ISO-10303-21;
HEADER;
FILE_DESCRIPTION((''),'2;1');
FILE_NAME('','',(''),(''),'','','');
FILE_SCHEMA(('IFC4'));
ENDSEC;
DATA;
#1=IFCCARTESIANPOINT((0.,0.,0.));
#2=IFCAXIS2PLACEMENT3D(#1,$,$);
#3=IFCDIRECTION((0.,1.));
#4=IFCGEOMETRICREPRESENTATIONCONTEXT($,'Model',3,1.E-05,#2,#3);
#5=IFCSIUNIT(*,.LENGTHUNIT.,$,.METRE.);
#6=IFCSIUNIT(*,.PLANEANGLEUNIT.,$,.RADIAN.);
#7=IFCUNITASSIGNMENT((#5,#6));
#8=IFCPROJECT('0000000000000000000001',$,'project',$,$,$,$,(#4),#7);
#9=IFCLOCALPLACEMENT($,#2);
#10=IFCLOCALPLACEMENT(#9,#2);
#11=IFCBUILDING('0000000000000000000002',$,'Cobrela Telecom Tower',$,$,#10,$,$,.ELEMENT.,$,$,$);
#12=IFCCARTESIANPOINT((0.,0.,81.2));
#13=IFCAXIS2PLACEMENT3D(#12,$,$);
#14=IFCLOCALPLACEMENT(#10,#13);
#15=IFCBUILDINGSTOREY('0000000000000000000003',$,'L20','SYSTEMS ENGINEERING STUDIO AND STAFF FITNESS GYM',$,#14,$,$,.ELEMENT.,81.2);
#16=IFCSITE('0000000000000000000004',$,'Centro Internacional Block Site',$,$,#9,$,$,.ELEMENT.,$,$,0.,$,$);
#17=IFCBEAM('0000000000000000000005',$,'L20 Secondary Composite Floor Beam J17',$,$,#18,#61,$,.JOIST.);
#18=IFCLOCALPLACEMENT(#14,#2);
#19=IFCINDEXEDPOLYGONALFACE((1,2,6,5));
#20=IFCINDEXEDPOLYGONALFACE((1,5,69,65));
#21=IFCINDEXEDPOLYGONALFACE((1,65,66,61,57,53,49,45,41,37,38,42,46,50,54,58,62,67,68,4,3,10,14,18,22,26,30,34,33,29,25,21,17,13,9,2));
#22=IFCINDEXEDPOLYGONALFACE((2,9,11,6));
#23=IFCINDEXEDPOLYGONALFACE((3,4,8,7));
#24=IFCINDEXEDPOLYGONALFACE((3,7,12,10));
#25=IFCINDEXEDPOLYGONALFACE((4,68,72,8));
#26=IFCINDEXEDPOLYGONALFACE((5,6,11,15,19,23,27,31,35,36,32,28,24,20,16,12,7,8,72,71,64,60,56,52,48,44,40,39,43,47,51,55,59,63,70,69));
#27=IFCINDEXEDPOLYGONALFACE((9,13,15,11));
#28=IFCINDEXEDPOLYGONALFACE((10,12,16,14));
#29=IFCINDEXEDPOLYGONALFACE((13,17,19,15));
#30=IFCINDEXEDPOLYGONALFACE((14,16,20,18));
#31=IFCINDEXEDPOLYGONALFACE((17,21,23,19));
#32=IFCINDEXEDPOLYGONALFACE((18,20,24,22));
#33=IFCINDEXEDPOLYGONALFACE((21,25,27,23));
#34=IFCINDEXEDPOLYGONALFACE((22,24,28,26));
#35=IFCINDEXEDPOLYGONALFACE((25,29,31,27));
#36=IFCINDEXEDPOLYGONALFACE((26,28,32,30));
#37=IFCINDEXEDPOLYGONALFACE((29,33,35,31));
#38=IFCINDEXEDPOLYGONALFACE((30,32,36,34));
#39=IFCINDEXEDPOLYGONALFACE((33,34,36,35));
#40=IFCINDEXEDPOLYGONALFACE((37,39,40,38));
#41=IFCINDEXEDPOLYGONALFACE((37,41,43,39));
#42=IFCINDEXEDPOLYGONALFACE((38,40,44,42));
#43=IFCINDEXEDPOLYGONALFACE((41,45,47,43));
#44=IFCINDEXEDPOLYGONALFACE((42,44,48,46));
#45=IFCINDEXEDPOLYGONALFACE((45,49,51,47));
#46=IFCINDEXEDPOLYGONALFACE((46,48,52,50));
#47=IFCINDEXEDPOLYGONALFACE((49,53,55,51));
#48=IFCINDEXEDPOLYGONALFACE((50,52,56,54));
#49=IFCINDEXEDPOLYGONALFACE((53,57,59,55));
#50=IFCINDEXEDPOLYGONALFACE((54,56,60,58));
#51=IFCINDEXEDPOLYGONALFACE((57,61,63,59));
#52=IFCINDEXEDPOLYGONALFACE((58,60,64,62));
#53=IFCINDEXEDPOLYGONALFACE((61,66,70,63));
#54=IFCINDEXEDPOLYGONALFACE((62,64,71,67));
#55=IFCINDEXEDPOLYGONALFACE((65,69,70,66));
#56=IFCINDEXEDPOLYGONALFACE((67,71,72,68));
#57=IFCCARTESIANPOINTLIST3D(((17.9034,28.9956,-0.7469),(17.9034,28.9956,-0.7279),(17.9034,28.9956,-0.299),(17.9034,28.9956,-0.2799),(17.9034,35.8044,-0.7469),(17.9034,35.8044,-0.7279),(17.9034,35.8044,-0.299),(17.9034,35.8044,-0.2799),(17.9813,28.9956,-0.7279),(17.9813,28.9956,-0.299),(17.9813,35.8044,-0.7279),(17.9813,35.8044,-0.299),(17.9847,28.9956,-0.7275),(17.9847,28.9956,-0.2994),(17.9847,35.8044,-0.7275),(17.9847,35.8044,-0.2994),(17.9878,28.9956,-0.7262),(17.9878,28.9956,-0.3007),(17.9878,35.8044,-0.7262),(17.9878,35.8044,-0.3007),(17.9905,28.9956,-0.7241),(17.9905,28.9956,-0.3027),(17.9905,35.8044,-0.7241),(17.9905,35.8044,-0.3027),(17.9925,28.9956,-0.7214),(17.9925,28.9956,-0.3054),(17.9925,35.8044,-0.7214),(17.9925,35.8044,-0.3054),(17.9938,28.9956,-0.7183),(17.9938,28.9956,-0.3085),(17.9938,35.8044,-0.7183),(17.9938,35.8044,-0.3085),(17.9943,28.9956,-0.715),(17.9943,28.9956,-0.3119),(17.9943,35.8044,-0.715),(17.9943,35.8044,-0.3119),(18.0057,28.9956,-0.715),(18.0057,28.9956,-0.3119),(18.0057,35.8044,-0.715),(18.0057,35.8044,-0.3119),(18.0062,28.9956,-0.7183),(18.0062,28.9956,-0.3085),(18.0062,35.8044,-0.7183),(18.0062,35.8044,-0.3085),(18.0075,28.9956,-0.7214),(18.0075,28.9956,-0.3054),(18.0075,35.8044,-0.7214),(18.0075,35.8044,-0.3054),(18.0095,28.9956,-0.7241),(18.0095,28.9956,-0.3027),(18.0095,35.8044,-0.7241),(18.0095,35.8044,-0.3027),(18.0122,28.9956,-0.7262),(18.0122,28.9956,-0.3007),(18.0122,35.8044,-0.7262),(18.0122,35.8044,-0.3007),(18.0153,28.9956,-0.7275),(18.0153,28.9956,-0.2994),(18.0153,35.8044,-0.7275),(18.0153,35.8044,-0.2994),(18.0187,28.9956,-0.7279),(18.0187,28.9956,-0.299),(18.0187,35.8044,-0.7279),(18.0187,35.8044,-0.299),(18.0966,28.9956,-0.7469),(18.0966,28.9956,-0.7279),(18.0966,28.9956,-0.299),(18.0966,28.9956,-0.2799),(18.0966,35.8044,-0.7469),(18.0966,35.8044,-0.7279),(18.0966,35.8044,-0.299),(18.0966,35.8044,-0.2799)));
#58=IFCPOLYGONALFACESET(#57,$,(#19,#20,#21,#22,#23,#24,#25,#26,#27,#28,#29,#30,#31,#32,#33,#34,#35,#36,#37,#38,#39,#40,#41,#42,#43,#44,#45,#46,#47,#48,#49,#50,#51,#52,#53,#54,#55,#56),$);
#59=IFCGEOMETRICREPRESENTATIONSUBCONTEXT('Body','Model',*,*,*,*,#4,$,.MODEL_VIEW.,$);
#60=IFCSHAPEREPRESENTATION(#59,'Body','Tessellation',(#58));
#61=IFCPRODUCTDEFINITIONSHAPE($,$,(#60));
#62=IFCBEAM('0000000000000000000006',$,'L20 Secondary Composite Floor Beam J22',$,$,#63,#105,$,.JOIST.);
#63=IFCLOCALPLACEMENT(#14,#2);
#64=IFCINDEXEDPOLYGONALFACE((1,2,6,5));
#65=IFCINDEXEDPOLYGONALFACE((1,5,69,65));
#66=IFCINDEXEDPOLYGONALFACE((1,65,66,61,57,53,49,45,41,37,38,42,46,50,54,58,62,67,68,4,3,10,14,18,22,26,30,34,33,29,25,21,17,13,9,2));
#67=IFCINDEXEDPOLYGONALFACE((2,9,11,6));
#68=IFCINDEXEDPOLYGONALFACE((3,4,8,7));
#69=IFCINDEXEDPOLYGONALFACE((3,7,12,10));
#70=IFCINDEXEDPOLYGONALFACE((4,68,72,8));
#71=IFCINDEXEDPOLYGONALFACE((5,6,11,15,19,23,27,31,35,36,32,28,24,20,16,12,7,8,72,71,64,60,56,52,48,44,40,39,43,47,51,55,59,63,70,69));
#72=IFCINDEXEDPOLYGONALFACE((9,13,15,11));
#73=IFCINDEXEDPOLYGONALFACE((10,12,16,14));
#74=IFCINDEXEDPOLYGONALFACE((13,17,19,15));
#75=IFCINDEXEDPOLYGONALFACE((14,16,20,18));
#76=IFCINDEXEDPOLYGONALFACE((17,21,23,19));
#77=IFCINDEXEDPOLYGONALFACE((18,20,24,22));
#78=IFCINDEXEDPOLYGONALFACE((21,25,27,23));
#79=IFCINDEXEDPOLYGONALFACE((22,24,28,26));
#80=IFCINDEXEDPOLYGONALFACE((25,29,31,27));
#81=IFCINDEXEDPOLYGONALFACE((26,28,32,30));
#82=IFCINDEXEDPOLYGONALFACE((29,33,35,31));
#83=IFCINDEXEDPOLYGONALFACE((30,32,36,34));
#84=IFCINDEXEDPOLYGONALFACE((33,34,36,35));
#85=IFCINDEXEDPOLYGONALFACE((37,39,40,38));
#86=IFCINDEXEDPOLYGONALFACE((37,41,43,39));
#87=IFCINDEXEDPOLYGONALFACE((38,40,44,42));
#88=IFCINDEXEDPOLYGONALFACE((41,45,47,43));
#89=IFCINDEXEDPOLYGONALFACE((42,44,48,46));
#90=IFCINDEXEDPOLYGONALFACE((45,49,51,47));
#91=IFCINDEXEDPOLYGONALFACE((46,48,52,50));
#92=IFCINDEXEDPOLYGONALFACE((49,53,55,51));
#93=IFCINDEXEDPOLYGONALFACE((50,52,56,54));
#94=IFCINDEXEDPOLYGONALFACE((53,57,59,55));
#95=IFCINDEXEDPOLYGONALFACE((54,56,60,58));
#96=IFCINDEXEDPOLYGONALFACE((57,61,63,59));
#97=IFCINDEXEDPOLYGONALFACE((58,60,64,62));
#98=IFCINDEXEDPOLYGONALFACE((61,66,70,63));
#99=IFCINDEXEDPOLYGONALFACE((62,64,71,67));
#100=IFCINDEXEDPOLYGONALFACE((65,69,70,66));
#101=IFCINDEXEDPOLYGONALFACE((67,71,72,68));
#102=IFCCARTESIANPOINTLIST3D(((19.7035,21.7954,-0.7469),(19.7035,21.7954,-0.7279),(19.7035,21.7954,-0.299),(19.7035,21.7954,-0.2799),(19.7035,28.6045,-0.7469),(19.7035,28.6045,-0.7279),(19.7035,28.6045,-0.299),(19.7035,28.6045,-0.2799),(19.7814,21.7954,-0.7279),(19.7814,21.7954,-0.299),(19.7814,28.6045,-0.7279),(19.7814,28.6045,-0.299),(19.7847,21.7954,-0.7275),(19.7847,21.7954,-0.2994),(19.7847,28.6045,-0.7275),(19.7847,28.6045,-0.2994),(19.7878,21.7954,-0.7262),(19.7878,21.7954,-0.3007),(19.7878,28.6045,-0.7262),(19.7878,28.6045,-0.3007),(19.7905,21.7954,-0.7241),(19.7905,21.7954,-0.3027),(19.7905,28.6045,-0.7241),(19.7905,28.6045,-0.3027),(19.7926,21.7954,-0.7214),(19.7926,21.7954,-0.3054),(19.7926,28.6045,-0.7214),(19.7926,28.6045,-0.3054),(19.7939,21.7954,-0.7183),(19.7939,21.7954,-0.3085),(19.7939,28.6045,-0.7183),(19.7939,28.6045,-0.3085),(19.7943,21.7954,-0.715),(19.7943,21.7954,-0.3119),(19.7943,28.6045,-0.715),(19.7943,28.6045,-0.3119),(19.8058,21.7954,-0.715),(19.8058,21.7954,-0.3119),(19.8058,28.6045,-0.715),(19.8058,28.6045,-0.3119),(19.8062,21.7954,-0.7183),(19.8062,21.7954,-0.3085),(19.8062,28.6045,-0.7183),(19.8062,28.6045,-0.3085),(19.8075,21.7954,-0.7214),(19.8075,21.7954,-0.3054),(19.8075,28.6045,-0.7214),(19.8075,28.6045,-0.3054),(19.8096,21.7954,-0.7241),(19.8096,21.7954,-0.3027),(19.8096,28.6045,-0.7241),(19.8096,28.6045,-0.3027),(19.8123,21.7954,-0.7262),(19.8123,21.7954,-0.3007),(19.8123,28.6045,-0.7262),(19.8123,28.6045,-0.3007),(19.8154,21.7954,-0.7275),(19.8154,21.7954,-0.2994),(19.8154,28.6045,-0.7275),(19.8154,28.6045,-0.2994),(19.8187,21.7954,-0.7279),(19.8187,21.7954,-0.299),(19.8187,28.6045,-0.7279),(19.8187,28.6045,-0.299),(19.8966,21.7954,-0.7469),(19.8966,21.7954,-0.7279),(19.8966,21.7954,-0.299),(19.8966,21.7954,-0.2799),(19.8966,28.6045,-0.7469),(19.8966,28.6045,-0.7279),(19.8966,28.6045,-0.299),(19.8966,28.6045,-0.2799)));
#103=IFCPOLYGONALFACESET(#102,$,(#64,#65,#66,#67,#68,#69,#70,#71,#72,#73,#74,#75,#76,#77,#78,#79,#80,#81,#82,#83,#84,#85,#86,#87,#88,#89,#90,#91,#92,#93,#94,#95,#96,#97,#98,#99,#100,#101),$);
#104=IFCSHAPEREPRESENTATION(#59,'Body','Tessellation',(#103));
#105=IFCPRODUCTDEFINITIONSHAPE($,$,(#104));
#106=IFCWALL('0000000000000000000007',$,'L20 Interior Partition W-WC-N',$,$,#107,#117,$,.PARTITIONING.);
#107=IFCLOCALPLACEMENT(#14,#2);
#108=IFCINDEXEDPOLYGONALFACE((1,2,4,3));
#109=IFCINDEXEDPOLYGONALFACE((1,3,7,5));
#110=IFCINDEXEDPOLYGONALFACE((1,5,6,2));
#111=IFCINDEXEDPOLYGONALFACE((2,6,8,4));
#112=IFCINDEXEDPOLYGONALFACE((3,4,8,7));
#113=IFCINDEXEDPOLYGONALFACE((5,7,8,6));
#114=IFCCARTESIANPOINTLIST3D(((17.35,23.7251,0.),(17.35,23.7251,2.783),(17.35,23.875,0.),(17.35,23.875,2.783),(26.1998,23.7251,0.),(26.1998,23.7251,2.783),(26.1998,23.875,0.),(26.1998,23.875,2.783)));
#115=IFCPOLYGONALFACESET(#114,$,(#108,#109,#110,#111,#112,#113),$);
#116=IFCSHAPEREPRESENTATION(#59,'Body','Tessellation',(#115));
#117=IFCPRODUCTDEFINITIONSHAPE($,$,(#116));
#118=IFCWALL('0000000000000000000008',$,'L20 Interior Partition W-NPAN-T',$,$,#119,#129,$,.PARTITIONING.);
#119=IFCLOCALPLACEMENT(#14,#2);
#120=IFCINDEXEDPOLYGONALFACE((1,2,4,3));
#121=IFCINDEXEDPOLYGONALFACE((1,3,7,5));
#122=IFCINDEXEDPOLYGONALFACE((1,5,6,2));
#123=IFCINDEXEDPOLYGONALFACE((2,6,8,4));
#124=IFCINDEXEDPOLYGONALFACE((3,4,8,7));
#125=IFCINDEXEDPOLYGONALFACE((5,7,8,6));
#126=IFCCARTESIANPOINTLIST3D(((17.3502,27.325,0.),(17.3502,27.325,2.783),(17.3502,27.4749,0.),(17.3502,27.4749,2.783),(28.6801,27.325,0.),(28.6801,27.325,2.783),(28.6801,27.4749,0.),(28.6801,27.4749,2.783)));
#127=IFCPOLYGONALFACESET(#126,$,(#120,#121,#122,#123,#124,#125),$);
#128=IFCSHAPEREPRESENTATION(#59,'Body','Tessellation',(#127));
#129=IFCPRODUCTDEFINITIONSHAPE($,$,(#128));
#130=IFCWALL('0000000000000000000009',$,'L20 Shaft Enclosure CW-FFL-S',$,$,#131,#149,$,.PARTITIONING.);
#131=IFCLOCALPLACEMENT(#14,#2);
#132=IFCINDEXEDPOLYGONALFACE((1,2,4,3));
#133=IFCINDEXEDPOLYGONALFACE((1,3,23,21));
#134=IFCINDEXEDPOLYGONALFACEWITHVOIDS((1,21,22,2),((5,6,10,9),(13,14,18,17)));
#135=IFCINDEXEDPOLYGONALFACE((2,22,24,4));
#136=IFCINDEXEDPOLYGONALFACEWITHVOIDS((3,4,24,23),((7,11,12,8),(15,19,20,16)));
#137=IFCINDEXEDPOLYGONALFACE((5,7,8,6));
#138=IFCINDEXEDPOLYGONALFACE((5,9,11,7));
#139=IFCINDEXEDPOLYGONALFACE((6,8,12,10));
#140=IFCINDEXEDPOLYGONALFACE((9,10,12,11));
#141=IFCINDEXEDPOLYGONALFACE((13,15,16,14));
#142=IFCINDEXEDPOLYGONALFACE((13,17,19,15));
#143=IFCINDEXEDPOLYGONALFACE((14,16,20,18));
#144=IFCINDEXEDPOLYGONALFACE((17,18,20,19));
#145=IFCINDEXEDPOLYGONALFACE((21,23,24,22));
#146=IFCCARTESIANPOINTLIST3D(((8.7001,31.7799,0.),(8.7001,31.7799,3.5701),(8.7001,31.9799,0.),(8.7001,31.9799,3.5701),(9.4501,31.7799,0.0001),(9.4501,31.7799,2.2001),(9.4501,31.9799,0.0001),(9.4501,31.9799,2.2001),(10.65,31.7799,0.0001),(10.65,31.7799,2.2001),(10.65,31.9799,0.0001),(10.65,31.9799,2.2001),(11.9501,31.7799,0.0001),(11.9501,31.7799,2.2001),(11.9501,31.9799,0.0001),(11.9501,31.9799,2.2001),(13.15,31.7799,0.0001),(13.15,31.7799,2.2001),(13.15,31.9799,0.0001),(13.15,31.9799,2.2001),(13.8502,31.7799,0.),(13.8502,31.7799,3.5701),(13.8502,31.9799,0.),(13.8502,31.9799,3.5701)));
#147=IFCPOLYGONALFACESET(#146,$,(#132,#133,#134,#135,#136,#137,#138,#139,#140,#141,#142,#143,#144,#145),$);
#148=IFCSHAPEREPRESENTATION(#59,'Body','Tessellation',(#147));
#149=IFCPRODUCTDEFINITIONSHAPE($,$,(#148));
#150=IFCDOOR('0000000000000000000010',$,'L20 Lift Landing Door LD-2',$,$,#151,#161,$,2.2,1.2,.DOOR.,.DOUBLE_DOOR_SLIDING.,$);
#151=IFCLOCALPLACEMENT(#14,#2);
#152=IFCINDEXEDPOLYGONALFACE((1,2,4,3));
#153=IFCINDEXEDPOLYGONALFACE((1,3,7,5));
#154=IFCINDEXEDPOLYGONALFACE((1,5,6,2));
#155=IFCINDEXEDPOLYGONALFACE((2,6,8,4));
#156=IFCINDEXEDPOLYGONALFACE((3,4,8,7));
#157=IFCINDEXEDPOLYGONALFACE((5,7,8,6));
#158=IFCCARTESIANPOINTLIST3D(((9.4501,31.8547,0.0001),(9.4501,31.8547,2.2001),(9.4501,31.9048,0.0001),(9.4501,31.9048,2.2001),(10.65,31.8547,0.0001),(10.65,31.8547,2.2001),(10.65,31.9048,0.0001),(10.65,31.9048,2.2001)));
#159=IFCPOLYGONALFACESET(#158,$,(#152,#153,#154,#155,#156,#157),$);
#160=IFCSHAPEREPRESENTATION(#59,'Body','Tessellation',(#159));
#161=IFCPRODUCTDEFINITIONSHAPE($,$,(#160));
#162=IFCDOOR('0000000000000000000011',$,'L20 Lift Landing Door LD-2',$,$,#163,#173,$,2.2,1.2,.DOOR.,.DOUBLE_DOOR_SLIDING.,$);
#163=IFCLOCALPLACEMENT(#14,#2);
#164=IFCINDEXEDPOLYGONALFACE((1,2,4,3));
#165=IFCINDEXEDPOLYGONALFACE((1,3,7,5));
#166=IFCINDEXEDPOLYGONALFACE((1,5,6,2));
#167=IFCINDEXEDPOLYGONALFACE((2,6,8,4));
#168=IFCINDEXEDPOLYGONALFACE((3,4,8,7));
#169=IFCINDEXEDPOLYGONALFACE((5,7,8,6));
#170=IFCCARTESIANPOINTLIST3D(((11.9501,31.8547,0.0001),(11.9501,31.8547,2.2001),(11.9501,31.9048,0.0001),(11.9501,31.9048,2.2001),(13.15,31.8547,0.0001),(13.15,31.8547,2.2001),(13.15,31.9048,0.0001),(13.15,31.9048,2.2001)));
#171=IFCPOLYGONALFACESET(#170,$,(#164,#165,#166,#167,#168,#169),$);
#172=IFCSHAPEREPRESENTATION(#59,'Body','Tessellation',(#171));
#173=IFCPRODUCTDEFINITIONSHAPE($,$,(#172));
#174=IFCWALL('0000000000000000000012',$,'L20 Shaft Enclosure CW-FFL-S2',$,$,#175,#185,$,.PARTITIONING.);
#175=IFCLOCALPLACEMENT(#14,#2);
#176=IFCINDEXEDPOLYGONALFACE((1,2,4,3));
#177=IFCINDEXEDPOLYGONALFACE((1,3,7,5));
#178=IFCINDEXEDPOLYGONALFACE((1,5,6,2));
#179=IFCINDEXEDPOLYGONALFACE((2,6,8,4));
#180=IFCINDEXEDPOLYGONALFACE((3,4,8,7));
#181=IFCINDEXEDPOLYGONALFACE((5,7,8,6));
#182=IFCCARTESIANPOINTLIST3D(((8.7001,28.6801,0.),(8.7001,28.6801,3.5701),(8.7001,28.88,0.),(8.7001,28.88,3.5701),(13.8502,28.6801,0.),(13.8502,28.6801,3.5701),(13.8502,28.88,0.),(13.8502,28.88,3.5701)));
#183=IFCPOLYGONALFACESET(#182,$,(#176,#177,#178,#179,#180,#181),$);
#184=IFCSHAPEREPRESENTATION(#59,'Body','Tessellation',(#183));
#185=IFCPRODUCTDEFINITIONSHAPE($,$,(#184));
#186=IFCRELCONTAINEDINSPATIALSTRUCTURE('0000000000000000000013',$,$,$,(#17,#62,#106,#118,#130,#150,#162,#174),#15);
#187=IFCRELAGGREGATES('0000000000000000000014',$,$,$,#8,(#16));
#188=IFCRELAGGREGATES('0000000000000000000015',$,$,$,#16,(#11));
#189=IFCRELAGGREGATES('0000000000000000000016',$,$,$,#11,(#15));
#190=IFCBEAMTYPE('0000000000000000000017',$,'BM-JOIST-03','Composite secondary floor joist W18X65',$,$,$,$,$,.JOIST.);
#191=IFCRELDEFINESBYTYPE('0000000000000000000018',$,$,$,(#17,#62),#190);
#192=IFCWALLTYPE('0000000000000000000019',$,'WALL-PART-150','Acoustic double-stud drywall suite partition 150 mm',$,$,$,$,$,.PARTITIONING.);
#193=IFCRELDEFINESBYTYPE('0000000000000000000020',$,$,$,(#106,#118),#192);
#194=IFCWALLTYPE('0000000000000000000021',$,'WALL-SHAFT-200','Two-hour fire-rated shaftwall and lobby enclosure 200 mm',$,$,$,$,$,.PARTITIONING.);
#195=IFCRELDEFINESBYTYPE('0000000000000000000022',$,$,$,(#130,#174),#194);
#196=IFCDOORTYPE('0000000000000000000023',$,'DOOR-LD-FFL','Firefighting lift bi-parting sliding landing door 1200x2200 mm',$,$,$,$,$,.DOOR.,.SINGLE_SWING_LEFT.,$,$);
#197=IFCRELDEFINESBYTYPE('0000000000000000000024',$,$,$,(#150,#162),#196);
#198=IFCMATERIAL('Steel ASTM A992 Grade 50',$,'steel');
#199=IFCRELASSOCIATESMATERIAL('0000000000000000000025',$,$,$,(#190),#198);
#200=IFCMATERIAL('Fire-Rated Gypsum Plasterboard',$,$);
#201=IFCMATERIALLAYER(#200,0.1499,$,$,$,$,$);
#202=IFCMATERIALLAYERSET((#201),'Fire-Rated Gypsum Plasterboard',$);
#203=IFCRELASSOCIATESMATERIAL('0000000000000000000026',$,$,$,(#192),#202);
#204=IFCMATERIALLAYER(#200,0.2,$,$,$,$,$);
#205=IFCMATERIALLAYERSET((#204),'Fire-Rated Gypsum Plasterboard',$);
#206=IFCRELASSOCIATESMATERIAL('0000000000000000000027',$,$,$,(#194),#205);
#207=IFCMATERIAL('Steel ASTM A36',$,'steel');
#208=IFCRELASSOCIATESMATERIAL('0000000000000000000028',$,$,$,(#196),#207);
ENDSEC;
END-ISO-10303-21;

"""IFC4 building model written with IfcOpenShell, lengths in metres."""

from ifc_helpers import new_model, si_unit, direction, frame, frame_2d, origin, origin_2d, place, context, subcontext, project, spatial, rectangle, i_section, extrude, material, layer, layer_set, material_profile, profile_set, type_object, element, fill, save


model = new_model("IFC4")

# Units and contexts
model_context = context("Model", 3, precision=1e-05, world=origin(), true_north=direction((0.0, 1.0)))
body_context = subcontext(model_context, "Body", "Model", "MODEL_VIEW")
ifc_project = project(units=[si_unit("LENGTHUNIT", "METRE"), si_unit("PLANEANGLEUNIT", "RADIAN")], contexts=[model_context])

# Site, building, storey
site_placement = place(None, origin())
site = spatial("IfcSite", under=ifc_project, at=site_placement, Name="Centro Internacional Block Site", CompositionType="ELEMENT", RefElevation=0.0)
building_placement = place(site_placement, origin())
building = spatial("IfcBuilding", under=site, at=building_placement, Name="Cobrela Telecom Tower", CompositionType="ELEMENT")
storey_placement = place(building_placement, frame((0.0, 0.0, 81.2)))
storey = spatial("IfcBuildingStorey", under=building, at=storey_placement, Name="L20", Description="SYSTEMS ENGINEERING STUDIO AND STAFF FITNESS GYM", CompositionType="ELEMENT", Elevation=81.2)

# Beams
ifc_material_1 = material(Name="Steel ASTM A992 Grade 50", Category="steel")
ifc_material_profile_1 = material_profile(ifc_material_1, i_section(OverallWidth=0.1931, OverallDepth=0.467, WebThickness=0.0115, FlangeThickness=0.019, FilletRadius=0.0129, at=origin_2d()), Name="W18X65")
ifc_profile_set_1 = profile_set([ifc_material_profile_1], Name="Steel ASTM A992 Grade 50")
beam_type_1 = type_object("IfcBeamType", Name="BM-JOIST-03", Description="Composite secondary floor joist W18X65", PredefinedType="JOIST", material=ifc_profile_set_1)
for number, where, z_axis, x_axis, name in (
    (1, (18.0, 28.9956, -0.5134), (0.0, 1.0, 0.0), (-1.0, 0.0, 0.0), "L20 Secondary Composite Floor Beam J17"),
):
    element("IfcBeam", number, at=place(storey_placement, frame(where, z_axis=z_axis, x_axis=x_axis)), inside=storey, type_object=beam_type_1, Name=name, PredefinedType="JOIST", context=body_context, shape_type="SweptSolid", body=[
        extrude(i_section(OverallWidth=0.1931, OverallDepth=0.467, WebThickness=0.0115, FlangeThickness=0.019, FilletRadius=0.0129, at=origin_2d()), origin(), (0.0, 0.0, 1.0), 6.8088),
    ])
beam_1_placement = place(storey_placement, frame((19.8, 21.7954, -0.5134), z_axis=(0.0, 1.0, 0.0), x_axis=(-1.0, 0.0, 0.0)))
element("IfcBeam", 2, at=beam_1_placement, inside=storey, type_object=beam_type_1, Name="L20 Secondary Composite Floor Beam J22", PredefinedType="JOIST", context=body_context, shape_type="SweptSolid", body=[
    extrude(i_section(OverallWidth=0.1931, OverallDepth=0.467, WebThickness=0.0115, FlangeThickness=0.019, FilletRadius=0.0129, at=origin_2d()), origin(), (0.0, 0.0, 1.0), 6.8091),
])

# Shared definitions
ifc_material_2 = material(Name="Steel ASTM A36", Category="steel")

# Walls
ifc_material_3 = material(Name="Fire-Rated Gypsum Plasterboard")
ifc_layer_1 = layer(ifc_material_3, 0.1499)
ifc_layer_set_1 = layer_set([ifc_layer_1], Name="Fire-Rated Gypsum Plasterboard")
wall_type_1 = type_object("IfcWallType", Name="WALL-PART-150", Description="Acoustic double-stud drywall suite partition 150 mm", PredefinedType="PARTITIONING", material=ifc_layer_set_1)
wall_1_placement = place(storey_placement, frame((17.3501, 23.8, 0.0), z_axis=(0.0, 0.0, 1.0), x_axis=(1.0, 0.0, 0.0)))
element("IfcWall", 3, at=wall_1_placement, inside=storey, type_object=wall_type_1, Name="L20 Interior Partition W-WC-N", PredefinedType="PARTITIONING", context=body_context, shape_type="SweptSolid", body=[
    extrude(rectangle(XDim=8.8499, YDim=0.1499, at=frame_2d((4.4248, 0.0))), origin(), (0.0, 0.0, 1.0), 2.783),
])
wall_2_placement = place(storey_placement, frame((17.3501, 27.3999, 0.0), z_axis=(0.0, 0.0, 1.0), x_axis=(1.0, 0.0, 0.0)))
element("IfcWall", 4, at=wall_2_placement, inside=storey, type_object=wall_type_1, Name="L20 Interior Partition W-NPAN-T", PredefinedType="PARTITIONING", context=body_context, shape_type="SweptSolid", body=[
    extrude(rectangle(XDim=11.3298, YDim=0.1499, at=frame_2d((5.665, 0.0))), origin(), (0.0, 0.0, 1.0), 2.783),
])

# Wall, openings, doors
ifc_layer_2 = layer(ifc_material_3, 0.2)
ifc_layer_set_2 = layer_set([ifc_layer_2], Name="Fire-Rated Gypsum Plasterboard")
wall_type_2 = type_object("IfcWallType", Name="WALL-SHAFT-200", Description="Two-hour fire-rated shaftwall and lobby enclosure 200 mm", PredefinedType="PARTITIONING", material=ifc_layer_set_2)
wall_3_placement = place(storey_placement, frame((8.7, 31.8799, 0.0), z_axis=(0.0, 0.0, 1.0), x_axis=(1.0, 0.0, 0.0)))
wall_3 = element("IfcWall", 5, at=wall_3_placement, inside=storey, type_object=wall_type_2, Name="L20 Shaft Enclosure CW-FFL-S", PredefinedType="PARTITIONING", context=body_context, shape_type="SweptSolid", body=[
    extrude(rectangle(XDim=5.1501, YDim=0.2, at=frame_2d((2.5752, 0.0))), origin(), (0.0, 0.0, 1.0), 3.5701),
])
opening_1_placement = place(wall_3_placement, frame((0.75, 0.0, 0.0)))
opening_1 = element("IfcOpeningElement", 6, at=opening_1_placement, cuts=wall_3, PredefinedType="OPENING", context=body_context, shape_type="SweptSolid", body=[
    extrude(rectangle(XDim=1.2, YDim=2.2, at=frame_2d((0.6001, 1.1001))), frame((0.0, 0.1118, 0.0), z_axis=(0.0, -1.0, 0.0), x_axis=(1.0, 0.0, 0.0)), (0.0, 0.0, 1.0), 0.2239),
])
opening_2_placement = place(wall_3_placement, frame((3.25, 0.0, 0.0)))
opening_2 = element("IfcOpeningElement", 7, at=opening_2_placement, cuts=wall_3, PredefinedType="OPENING", context=body_context, shape_type="SweptSolid", body=[
    extrude(rectangle(XDim=1.2, YDim=2.2, at=frame_2d((0.6001, 1.1001))), frame((0.0, 0.1118, 0.0), z_axis=(0.0, -1.0, 0.0), x_axis=(1.0, 0.0, 0.0)), (0.0, 0.0, 1.0), 0.2239),
])
door_type_1 = type_object("IfcDoorType", Name="DOOR-LD-FFL", Description="Firefighting lift bi-parting sliding landing door 1200x2200 mm", OperationType="SINGLE_SWING_LEFT", PredefinedType="DOOR", material=ifc_material_2)
door_1_placement = place(opening_1_placement, origin())
door_1 = element("IfcDoor", 8, at=door_1_placement, inside=storey, type_object=door_type_1, Name="L20 Lift Landing Door LD-2", OperationType="DOUBLE_DOOR_SLIDING", OverallHeight=2.2, OverallWidth=1.2, PredefinedType="DOOR", context=body_context, shape_type="SweptSolid", body=[
    extrude(rectangle(XDim=1.2, YDim=2.2, at=frame_2d((0.6001, 1.1001))), frame((0.0, 0.0249, 0.0), z_axis=(0.0, -1.0, 0.0), x_axis=(1.0, 0.0, 0.0)), (0.0, 0.0, 1.0), 0.05),
])
fill(opening_1, door_1)
door_2_placement = place(opening_2_placement, origin())
door_2 = element("IfcDoor", 9, at=door_2_placement, inside=storey, type_object=door_type_1, Name="L20 Lift Landing Door LD-2", OperationType="DOUBLE_DOOR_SLIDING", OverallHeight=2.2, OverallWidth=1.2, PredefinedType="DOOR", context=body_context, shape_type="SweptSolid", body=[
    extrude(rectangle(XDim=1.2, YDim=2.2, at=frame_2d((0.6001, 1.1001))), frame((0.0, 0.0249, 0.0), z_axis=(0.0, -1.0, 0.0), x_axis=(1.0, 0.0, 0.0)), (0.0, 0.0, 1.0), 0.05),
])
fill(opening_2, door_2)

# Wall
wall_4_placement = place(storey_placement, frame((8.7, 28.78, 0.0), z_axis=(0.0, 0.0, 1.0), x_axis=(1.0, 0.0, 0.0)))
element("IfcWall", 10, at=wall_4_placement, inside=storey, type_object=wall_type_2, Name="L20 Shaft Enclosure CW-FFL-S2", PredefinedType="PARTITIONING", context=body_context, shape_type="SweptSolid", body=[
    extrude(rectangle(XDim=5.1501, YDim=0.2, at=frame_2d((2.5752, 0.0))), origin(), (0.0, 0.0, 1.0), 3.5701),
])

save(model, "model.ifc")
